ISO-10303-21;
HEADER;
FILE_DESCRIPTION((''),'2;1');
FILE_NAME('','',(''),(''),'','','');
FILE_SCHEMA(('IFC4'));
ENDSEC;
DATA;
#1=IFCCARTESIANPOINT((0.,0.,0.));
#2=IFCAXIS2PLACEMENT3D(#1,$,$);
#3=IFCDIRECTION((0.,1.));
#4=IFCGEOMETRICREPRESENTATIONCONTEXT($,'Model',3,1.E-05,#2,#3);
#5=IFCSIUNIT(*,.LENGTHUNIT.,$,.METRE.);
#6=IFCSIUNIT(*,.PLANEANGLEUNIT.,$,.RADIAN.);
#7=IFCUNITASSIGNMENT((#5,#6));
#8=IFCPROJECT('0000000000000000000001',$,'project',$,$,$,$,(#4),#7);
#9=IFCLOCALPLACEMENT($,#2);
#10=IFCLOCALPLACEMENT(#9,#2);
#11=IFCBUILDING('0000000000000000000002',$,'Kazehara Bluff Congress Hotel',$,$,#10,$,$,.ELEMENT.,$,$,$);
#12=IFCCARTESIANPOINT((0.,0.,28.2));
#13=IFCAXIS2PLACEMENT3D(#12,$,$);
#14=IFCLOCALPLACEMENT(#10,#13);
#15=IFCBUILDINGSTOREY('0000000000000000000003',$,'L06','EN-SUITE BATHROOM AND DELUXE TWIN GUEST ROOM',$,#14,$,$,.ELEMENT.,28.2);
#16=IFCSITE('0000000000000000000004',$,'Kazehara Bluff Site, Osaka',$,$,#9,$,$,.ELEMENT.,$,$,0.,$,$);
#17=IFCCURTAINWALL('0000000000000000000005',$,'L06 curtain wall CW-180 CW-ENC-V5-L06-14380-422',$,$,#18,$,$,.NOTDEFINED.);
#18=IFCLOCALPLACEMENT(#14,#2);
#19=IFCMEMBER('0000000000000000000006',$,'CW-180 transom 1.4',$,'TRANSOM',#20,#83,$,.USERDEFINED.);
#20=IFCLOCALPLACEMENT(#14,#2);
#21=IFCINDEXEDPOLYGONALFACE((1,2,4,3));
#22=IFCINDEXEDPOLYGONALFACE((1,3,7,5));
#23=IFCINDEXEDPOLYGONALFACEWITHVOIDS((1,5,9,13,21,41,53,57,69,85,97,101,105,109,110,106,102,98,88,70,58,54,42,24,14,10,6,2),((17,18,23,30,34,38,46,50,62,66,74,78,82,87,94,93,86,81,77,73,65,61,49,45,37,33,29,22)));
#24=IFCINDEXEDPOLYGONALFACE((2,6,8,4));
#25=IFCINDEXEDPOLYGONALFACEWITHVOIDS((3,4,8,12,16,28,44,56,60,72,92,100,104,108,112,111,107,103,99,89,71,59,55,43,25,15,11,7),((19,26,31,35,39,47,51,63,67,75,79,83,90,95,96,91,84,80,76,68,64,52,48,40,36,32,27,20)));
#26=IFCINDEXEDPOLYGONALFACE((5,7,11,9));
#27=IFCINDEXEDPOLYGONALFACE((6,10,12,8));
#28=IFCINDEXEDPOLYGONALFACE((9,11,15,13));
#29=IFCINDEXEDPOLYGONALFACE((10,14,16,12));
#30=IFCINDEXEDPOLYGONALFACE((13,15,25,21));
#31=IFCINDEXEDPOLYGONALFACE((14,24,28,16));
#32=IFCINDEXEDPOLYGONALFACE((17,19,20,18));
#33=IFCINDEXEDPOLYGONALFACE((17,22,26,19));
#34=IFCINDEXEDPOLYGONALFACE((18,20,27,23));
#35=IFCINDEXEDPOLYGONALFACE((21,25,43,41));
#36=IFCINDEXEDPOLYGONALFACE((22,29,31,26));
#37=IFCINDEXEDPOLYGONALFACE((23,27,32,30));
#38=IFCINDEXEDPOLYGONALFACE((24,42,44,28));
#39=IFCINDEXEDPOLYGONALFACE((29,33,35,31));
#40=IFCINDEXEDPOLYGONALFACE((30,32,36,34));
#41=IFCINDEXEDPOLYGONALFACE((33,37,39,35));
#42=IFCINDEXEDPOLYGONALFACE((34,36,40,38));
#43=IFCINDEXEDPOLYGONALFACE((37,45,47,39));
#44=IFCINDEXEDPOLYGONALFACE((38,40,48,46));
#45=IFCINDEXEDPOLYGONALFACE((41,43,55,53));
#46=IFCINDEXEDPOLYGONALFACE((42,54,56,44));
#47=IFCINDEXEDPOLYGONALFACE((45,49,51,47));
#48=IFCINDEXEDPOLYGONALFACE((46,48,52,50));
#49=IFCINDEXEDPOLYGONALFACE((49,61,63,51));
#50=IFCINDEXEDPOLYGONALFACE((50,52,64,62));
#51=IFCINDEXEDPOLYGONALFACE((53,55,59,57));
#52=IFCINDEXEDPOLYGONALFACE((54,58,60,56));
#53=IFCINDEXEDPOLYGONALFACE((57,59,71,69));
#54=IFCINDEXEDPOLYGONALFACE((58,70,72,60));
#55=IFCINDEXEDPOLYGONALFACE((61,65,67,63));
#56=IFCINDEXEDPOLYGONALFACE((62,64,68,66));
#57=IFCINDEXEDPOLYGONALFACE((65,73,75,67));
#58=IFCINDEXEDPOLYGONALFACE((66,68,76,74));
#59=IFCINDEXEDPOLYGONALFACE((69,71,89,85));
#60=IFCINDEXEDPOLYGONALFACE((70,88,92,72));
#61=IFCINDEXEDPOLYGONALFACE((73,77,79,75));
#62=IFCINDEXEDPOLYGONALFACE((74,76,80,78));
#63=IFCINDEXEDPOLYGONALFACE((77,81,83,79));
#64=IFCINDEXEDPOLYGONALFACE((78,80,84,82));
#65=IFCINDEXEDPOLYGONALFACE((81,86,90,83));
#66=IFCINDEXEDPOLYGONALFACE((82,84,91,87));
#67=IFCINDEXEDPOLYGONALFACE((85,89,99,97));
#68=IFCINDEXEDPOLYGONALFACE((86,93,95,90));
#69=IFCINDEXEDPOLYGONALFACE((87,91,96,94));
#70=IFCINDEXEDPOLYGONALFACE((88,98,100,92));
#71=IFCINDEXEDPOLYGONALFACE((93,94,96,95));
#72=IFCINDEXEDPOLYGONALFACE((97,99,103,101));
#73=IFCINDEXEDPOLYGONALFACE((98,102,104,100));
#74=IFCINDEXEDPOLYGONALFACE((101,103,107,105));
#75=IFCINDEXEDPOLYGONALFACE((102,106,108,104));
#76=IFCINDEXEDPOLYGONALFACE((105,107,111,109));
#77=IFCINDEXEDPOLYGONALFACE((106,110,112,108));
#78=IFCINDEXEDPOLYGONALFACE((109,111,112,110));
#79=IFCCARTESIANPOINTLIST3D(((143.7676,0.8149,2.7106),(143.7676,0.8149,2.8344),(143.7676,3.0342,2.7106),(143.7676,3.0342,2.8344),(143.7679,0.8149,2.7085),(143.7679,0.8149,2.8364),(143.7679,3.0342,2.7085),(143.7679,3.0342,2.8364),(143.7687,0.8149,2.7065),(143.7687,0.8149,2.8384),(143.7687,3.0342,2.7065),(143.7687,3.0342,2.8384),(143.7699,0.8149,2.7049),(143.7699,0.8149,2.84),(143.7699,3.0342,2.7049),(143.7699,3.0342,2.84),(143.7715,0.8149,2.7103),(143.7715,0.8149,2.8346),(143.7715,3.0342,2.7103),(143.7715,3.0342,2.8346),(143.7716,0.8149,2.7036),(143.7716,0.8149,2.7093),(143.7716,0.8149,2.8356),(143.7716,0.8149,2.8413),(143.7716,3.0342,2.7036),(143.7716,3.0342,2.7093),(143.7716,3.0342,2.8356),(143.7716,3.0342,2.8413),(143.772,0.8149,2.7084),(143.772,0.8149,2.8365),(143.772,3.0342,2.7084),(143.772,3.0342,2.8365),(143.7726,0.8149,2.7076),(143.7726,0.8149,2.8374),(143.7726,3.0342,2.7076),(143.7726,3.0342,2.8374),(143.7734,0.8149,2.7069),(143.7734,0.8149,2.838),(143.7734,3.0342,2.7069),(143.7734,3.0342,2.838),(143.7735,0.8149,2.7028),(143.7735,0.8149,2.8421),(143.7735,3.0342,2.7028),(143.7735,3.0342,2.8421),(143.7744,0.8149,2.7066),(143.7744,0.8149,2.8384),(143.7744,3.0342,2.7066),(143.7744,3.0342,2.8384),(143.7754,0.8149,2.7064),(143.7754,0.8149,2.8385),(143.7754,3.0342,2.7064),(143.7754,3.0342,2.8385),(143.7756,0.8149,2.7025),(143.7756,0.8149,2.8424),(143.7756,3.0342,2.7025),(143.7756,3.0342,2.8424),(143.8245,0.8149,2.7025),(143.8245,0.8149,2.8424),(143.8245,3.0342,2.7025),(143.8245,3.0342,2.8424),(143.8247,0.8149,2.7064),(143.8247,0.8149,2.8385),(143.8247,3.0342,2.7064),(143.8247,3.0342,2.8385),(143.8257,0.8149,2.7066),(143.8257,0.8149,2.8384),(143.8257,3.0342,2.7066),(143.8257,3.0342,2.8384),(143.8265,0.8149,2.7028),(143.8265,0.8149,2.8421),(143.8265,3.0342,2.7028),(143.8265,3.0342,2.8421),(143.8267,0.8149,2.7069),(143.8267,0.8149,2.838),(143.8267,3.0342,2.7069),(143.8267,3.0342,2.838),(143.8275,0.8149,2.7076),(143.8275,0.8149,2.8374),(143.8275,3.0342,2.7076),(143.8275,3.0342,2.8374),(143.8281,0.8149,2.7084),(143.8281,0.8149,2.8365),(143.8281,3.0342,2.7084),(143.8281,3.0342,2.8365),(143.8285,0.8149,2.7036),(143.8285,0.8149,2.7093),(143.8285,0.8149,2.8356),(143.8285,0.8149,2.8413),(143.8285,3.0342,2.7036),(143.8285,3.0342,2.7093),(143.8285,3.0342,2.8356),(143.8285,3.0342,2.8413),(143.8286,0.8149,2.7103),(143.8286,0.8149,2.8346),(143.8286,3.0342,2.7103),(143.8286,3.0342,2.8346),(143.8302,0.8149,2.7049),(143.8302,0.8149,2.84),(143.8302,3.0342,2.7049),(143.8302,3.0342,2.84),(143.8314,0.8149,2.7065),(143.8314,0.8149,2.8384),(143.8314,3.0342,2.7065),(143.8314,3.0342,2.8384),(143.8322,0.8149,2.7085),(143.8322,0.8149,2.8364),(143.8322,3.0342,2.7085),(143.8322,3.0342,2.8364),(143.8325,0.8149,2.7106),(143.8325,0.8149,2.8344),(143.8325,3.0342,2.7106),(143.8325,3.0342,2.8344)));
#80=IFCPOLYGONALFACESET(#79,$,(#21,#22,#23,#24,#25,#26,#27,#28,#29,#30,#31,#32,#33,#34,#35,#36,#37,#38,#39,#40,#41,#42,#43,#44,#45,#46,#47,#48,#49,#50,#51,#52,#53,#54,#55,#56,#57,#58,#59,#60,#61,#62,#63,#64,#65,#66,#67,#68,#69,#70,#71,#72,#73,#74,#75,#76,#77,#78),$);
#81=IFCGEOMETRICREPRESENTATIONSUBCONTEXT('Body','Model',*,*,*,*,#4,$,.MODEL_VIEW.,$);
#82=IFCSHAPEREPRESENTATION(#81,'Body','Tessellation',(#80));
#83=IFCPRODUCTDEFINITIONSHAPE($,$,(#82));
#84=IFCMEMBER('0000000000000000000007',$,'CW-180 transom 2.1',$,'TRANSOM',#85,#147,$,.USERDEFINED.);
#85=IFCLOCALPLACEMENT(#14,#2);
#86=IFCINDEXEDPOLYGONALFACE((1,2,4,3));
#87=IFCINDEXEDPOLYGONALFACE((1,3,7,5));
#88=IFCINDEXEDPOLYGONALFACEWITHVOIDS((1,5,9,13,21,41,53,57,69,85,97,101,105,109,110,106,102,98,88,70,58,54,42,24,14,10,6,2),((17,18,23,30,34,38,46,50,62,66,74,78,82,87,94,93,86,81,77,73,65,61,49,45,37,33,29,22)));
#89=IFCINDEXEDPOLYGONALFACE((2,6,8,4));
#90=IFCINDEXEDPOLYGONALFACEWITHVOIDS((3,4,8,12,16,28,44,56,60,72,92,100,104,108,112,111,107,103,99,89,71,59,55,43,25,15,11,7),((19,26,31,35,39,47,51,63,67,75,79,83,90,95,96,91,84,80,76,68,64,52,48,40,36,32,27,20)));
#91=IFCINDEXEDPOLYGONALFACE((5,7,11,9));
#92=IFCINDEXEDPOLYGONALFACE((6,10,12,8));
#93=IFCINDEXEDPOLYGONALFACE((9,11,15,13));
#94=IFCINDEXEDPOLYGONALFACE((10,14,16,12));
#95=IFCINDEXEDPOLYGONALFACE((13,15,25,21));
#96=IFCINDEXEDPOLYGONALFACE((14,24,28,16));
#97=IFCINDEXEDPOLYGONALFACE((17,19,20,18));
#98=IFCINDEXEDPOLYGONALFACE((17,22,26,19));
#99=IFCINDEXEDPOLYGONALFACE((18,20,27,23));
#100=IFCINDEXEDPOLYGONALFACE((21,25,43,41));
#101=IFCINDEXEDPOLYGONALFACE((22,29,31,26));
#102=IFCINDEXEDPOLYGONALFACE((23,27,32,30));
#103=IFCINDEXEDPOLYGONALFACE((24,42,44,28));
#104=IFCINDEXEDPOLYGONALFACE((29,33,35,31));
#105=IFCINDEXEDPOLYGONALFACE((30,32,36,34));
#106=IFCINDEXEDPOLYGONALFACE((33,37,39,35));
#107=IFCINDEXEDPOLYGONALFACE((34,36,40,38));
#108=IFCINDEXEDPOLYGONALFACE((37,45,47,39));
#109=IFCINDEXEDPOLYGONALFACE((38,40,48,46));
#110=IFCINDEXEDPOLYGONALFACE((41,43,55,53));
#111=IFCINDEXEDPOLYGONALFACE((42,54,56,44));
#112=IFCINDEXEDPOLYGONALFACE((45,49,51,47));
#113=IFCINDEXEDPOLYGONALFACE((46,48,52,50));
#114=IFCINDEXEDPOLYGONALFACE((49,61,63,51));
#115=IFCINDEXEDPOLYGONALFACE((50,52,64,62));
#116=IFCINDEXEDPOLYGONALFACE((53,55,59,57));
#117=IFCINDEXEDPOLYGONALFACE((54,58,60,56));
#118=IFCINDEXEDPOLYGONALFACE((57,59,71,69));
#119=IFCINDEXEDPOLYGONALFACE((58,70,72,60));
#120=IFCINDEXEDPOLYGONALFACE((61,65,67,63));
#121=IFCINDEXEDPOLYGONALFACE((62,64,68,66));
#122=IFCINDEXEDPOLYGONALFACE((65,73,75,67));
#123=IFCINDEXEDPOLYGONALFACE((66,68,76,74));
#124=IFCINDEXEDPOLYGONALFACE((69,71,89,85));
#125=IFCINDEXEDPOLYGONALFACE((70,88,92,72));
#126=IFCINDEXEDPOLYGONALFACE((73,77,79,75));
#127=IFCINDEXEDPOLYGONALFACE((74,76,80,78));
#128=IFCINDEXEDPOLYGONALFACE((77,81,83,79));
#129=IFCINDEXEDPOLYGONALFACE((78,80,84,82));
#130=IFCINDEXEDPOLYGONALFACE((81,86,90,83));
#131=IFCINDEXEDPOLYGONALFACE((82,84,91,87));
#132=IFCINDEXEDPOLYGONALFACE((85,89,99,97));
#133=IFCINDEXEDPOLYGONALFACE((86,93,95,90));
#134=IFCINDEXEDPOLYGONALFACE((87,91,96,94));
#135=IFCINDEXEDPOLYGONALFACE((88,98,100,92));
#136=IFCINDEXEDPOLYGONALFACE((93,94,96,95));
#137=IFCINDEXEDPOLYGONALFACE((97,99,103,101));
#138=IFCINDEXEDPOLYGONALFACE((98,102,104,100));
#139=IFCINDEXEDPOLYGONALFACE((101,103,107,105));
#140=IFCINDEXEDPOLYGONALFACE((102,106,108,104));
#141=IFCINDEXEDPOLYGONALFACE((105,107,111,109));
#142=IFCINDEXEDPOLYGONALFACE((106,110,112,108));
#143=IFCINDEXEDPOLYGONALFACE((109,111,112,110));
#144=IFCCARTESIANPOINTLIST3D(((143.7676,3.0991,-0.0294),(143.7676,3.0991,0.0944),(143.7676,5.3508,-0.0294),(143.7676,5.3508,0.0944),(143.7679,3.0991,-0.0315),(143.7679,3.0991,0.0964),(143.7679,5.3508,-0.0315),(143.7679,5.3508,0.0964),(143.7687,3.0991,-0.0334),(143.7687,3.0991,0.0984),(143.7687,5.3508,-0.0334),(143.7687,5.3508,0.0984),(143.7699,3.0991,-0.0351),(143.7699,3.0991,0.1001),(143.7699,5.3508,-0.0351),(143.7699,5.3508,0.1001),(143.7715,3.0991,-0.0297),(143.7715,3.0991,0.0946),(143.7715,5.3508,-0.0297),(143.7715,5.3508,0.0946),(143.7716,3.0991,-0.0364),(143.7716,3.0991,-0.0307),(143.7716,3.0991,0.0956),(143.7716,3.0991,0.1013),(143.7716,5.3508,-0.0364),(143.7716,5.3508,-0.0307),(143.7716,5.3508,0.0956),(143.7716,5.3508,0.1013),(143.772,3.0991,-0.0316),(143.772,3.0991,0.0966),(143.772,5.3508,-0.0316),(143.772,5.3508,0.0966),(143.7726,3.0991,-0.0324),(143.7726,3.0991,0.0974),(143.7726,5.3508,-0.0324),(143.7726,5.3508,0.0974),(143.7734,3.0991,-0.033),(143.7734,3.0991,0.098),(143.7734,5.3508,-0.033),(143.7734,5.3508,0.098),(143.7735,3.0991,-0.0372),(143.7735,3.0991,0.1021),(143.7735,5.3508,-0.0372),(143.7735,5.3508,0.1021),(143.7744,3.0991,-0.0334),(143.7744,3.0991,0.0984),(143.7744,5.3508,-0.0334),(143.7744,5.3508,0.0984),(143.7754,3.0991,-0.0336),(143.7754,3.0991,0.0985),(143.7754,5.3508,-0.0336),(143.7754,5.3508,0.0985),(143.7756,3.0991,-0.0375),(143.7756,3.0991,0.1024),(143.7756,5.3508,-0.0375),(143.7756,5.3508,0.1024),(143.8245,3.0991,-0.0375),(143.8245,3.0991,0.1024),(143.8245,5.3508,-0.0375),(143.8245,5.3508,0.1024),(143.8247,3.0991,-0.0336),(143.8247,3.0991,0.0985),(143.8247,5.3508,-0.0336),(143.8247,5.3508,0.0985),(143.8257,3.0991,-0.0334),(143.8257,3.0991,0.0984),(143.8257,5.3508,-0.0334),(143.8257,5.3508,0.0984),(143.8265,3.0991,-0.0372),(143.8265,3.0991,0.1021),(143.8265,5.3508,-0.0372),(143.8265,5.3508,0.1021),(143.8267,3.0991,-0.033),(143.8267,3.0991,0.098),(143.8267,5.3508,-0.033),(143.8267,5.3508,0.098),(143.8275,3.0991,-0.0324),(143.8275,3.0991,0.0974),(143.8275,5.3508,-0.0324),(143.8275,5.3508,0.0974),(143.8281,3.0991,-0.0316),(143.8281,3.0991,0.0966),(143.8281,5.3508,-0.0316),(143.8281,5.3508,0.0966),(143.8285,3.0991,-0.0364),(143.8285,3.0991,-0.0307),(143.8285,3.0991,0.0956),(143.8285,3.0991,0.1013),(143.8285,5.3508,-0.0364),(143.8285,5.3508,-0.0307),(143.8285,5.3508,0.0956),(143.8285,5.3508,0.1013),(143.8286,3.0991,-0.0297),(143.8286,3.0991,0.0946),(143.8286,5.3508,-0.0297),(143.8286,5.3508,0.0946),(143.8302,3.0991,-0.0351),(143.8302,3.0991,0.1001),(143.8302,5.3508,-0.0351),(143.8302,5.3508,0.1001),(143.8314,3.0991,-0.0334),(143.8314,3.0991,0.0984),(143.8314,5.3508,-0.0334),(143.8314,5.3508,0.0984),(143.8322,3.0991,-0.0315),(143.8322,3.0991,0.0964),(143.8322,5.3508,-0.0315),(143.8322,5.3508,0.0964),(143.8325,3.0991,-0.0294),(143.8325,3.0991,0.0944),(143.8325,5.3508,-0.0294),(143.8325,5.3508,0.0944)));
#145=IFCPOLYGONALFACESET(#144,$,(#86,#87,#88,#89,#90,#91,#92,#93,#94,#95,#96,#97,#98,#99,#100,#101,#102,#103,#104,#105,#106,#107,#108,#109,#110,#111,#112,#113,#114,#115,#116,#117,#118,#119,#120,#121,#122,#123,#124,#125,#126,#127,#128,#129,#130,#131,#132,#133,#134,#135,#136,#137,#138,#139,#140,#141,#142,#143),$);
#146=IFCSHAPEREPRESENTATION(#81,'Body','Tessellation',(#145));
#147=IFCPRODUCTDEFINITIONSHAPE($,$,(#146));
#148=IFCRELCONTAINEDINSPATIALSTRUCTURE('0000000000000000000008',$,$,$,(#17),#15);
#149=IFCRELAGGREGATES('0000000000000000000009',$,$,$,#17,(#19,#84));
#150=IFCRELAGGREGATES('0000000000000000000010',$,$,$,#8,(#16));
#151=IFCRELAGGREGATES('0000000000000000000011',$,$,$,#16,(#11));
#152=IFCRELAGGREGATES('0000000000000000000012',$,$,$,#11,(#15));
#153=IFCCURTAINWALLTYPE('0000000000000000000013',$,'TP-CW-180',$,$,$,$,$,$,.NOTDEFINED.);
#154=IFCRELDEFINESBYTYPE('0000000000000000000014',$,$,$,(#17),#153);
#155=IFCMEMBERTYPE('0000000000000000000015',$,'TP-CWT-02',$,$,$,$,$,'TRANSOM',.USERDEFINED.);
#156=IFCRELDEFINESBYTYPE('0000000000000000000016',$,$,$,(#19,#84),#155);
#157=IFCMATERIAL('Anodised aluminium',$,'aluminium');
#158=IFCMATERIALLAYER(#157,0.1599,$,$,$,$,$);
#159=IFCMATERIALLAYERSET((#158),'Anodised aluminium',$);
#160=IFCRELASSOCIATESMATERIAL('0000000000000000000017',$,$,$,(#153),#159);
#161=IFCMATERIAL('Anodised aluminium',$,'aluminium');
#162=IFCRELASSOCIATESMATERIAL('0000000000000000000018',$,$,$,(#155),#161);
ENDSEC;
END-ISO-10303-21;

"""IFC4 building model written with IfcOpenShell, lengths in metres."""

from ifc_helpers import new_model, si_unit, direction, frame, origin, origin_2d, place, context, subcontext, project, spatial, hollow_rectangle, extrude, material, layer, layer_set, material_profile, profile_set, type_object, element, aggregate, save


model = new_model("IFC4")

# Units and contexts
model_context = context("Model", 3, precision=1e-05, world=origin(), true_north=direction((0.0, 1.0)))
body_context = subcontext(model_context, "Body", "Model", "MODEL_VIEW")
ifc_project = project(units=[si_unit("LENGTHUNIT", "METRE"), si_unit("PLANEANGLEUNIT", "RADIAN")], contexts=[model_context])

# Site, building, storey
site_placement = place(None, origin())
site = spatial("IfcSite", under=ifc_project, at=site_placement, Name="Kazehara Bluff Site, Osaka", CompositionType="ELEMENT", RefElevation=0.0)
building_placement = place(site_placement, origin())
building = spatial("IfcBuilding", under=site, at=building_placement, Name="Kazehara Bluff Congress Hotel", CompositionType="ELEMENT")
storey_placement = place(building_placement, frame((0.0, 0.0, 28.2)))
storey = spatial("IfcBuildingStorey", under=building, at=storey_placement, Name="L06", Description="EN-SUITE BATHROOM AND DELUXE TWIN GUEST ROOM", CompositionType="ELEMENT", Elevation=28.2)

# Curtain wall, members
ifc_material_1 = material(Name="Anodised aluminium", Category="aluminium")
ifc_layer_1 = layer(ifc_material_1, 0.1599)
ifc_layer_set_1 = layer_set([ifc_layer_1], Name="Anodised aluminium")
curtain_wall_type = type_object("IfcCurtainWallType", Name="TP-CW-180", PredefinedType="NOTDEFINED", material=ifc_layer_set_1)
curtain_wall_placement = place(storey_placement, origin())
curtain_wall = element("IfcCurtainWall", 1, at=curtain_wall_placement, inside=storey, type_object=curtain_wall_type, Name="L06 curtain wall CW-180 CW-ENC-V5-L06-14380-422", PredefinedType="NOTDEFINED")
ifc_material_2 = material(Name="Anodised aluminium", Category="aluminium")
ifc_material_profile_1 = material_profile(ifc_material_2, hollow_rectangle(XDim=0.0649, YDim=0.1399, WallThickness=0.0039, InnerFilletRadius=0.0039, OuterFilletRadius=0.0081, at=origin_2d()))
ifc_profile_set_1 = profile_set([ifc_material_profile_1], Name="Anodised aluminium")
member_type_1 = type_object("IfcMemberType", Name="TP-CWT-02", ElementType="TRANSOM", PredefinedType="USERDEFINED", material=ifc_profile_set_1)
member_1_placement = place(storey_placement, frame((143.8, 0.8149, 2.7725), z_axis=(0.0, 1.0, 0.0), x_axis=(-1.0, 0.0, 0.0)))
member_1 = element("IfcMember", 2, at=member_1_placement, type_object=member_type_1, Name="CW-180 transom 1.4", ObjectType="TRANSOM", PredefinedType="USERDEFINED", context=body_context, shape_type="SweptSolid", body=[
    extrude(hollow_rectangle(XDim=0.0649, YDim=0.1399, WallThickness=0.0039, InnerFilletRadius=0.0039, OuterFilletRadius=0.0081, at=origin_2d()), origin(), (0.0, 0.0, 1.0), 2.2192),
])
member_2_placement = place(storey_placement, frame((143.8, 3.0991, 0.0325), z_axis=(0.0, 1.0, 0.0), x_axis=(-1.0, 0.0, 0.0)))
member_2 = element("IfcMember", 3, at=member_2_placement, type_object=member_type_1, Name="CW-180 transom 2.1", ObjectType="TRANSOM", PredefinedType="USERDEFINED", context=body_context, shape_type="SweptSolid", body=[
    extrude(hollow_rectangle(XDim=0.0649, YDim=0.1399, WallThickness=0.0039, InnerFilletRadius=0.0039, OuterFilletRadius=0.0081, at=origin_2d()), origin(), (0.0, 0.0, 1.0), 2.2517),
])
aggregate(curtain_wall, [member_1, member_2])

save(model, "model.ifc")
